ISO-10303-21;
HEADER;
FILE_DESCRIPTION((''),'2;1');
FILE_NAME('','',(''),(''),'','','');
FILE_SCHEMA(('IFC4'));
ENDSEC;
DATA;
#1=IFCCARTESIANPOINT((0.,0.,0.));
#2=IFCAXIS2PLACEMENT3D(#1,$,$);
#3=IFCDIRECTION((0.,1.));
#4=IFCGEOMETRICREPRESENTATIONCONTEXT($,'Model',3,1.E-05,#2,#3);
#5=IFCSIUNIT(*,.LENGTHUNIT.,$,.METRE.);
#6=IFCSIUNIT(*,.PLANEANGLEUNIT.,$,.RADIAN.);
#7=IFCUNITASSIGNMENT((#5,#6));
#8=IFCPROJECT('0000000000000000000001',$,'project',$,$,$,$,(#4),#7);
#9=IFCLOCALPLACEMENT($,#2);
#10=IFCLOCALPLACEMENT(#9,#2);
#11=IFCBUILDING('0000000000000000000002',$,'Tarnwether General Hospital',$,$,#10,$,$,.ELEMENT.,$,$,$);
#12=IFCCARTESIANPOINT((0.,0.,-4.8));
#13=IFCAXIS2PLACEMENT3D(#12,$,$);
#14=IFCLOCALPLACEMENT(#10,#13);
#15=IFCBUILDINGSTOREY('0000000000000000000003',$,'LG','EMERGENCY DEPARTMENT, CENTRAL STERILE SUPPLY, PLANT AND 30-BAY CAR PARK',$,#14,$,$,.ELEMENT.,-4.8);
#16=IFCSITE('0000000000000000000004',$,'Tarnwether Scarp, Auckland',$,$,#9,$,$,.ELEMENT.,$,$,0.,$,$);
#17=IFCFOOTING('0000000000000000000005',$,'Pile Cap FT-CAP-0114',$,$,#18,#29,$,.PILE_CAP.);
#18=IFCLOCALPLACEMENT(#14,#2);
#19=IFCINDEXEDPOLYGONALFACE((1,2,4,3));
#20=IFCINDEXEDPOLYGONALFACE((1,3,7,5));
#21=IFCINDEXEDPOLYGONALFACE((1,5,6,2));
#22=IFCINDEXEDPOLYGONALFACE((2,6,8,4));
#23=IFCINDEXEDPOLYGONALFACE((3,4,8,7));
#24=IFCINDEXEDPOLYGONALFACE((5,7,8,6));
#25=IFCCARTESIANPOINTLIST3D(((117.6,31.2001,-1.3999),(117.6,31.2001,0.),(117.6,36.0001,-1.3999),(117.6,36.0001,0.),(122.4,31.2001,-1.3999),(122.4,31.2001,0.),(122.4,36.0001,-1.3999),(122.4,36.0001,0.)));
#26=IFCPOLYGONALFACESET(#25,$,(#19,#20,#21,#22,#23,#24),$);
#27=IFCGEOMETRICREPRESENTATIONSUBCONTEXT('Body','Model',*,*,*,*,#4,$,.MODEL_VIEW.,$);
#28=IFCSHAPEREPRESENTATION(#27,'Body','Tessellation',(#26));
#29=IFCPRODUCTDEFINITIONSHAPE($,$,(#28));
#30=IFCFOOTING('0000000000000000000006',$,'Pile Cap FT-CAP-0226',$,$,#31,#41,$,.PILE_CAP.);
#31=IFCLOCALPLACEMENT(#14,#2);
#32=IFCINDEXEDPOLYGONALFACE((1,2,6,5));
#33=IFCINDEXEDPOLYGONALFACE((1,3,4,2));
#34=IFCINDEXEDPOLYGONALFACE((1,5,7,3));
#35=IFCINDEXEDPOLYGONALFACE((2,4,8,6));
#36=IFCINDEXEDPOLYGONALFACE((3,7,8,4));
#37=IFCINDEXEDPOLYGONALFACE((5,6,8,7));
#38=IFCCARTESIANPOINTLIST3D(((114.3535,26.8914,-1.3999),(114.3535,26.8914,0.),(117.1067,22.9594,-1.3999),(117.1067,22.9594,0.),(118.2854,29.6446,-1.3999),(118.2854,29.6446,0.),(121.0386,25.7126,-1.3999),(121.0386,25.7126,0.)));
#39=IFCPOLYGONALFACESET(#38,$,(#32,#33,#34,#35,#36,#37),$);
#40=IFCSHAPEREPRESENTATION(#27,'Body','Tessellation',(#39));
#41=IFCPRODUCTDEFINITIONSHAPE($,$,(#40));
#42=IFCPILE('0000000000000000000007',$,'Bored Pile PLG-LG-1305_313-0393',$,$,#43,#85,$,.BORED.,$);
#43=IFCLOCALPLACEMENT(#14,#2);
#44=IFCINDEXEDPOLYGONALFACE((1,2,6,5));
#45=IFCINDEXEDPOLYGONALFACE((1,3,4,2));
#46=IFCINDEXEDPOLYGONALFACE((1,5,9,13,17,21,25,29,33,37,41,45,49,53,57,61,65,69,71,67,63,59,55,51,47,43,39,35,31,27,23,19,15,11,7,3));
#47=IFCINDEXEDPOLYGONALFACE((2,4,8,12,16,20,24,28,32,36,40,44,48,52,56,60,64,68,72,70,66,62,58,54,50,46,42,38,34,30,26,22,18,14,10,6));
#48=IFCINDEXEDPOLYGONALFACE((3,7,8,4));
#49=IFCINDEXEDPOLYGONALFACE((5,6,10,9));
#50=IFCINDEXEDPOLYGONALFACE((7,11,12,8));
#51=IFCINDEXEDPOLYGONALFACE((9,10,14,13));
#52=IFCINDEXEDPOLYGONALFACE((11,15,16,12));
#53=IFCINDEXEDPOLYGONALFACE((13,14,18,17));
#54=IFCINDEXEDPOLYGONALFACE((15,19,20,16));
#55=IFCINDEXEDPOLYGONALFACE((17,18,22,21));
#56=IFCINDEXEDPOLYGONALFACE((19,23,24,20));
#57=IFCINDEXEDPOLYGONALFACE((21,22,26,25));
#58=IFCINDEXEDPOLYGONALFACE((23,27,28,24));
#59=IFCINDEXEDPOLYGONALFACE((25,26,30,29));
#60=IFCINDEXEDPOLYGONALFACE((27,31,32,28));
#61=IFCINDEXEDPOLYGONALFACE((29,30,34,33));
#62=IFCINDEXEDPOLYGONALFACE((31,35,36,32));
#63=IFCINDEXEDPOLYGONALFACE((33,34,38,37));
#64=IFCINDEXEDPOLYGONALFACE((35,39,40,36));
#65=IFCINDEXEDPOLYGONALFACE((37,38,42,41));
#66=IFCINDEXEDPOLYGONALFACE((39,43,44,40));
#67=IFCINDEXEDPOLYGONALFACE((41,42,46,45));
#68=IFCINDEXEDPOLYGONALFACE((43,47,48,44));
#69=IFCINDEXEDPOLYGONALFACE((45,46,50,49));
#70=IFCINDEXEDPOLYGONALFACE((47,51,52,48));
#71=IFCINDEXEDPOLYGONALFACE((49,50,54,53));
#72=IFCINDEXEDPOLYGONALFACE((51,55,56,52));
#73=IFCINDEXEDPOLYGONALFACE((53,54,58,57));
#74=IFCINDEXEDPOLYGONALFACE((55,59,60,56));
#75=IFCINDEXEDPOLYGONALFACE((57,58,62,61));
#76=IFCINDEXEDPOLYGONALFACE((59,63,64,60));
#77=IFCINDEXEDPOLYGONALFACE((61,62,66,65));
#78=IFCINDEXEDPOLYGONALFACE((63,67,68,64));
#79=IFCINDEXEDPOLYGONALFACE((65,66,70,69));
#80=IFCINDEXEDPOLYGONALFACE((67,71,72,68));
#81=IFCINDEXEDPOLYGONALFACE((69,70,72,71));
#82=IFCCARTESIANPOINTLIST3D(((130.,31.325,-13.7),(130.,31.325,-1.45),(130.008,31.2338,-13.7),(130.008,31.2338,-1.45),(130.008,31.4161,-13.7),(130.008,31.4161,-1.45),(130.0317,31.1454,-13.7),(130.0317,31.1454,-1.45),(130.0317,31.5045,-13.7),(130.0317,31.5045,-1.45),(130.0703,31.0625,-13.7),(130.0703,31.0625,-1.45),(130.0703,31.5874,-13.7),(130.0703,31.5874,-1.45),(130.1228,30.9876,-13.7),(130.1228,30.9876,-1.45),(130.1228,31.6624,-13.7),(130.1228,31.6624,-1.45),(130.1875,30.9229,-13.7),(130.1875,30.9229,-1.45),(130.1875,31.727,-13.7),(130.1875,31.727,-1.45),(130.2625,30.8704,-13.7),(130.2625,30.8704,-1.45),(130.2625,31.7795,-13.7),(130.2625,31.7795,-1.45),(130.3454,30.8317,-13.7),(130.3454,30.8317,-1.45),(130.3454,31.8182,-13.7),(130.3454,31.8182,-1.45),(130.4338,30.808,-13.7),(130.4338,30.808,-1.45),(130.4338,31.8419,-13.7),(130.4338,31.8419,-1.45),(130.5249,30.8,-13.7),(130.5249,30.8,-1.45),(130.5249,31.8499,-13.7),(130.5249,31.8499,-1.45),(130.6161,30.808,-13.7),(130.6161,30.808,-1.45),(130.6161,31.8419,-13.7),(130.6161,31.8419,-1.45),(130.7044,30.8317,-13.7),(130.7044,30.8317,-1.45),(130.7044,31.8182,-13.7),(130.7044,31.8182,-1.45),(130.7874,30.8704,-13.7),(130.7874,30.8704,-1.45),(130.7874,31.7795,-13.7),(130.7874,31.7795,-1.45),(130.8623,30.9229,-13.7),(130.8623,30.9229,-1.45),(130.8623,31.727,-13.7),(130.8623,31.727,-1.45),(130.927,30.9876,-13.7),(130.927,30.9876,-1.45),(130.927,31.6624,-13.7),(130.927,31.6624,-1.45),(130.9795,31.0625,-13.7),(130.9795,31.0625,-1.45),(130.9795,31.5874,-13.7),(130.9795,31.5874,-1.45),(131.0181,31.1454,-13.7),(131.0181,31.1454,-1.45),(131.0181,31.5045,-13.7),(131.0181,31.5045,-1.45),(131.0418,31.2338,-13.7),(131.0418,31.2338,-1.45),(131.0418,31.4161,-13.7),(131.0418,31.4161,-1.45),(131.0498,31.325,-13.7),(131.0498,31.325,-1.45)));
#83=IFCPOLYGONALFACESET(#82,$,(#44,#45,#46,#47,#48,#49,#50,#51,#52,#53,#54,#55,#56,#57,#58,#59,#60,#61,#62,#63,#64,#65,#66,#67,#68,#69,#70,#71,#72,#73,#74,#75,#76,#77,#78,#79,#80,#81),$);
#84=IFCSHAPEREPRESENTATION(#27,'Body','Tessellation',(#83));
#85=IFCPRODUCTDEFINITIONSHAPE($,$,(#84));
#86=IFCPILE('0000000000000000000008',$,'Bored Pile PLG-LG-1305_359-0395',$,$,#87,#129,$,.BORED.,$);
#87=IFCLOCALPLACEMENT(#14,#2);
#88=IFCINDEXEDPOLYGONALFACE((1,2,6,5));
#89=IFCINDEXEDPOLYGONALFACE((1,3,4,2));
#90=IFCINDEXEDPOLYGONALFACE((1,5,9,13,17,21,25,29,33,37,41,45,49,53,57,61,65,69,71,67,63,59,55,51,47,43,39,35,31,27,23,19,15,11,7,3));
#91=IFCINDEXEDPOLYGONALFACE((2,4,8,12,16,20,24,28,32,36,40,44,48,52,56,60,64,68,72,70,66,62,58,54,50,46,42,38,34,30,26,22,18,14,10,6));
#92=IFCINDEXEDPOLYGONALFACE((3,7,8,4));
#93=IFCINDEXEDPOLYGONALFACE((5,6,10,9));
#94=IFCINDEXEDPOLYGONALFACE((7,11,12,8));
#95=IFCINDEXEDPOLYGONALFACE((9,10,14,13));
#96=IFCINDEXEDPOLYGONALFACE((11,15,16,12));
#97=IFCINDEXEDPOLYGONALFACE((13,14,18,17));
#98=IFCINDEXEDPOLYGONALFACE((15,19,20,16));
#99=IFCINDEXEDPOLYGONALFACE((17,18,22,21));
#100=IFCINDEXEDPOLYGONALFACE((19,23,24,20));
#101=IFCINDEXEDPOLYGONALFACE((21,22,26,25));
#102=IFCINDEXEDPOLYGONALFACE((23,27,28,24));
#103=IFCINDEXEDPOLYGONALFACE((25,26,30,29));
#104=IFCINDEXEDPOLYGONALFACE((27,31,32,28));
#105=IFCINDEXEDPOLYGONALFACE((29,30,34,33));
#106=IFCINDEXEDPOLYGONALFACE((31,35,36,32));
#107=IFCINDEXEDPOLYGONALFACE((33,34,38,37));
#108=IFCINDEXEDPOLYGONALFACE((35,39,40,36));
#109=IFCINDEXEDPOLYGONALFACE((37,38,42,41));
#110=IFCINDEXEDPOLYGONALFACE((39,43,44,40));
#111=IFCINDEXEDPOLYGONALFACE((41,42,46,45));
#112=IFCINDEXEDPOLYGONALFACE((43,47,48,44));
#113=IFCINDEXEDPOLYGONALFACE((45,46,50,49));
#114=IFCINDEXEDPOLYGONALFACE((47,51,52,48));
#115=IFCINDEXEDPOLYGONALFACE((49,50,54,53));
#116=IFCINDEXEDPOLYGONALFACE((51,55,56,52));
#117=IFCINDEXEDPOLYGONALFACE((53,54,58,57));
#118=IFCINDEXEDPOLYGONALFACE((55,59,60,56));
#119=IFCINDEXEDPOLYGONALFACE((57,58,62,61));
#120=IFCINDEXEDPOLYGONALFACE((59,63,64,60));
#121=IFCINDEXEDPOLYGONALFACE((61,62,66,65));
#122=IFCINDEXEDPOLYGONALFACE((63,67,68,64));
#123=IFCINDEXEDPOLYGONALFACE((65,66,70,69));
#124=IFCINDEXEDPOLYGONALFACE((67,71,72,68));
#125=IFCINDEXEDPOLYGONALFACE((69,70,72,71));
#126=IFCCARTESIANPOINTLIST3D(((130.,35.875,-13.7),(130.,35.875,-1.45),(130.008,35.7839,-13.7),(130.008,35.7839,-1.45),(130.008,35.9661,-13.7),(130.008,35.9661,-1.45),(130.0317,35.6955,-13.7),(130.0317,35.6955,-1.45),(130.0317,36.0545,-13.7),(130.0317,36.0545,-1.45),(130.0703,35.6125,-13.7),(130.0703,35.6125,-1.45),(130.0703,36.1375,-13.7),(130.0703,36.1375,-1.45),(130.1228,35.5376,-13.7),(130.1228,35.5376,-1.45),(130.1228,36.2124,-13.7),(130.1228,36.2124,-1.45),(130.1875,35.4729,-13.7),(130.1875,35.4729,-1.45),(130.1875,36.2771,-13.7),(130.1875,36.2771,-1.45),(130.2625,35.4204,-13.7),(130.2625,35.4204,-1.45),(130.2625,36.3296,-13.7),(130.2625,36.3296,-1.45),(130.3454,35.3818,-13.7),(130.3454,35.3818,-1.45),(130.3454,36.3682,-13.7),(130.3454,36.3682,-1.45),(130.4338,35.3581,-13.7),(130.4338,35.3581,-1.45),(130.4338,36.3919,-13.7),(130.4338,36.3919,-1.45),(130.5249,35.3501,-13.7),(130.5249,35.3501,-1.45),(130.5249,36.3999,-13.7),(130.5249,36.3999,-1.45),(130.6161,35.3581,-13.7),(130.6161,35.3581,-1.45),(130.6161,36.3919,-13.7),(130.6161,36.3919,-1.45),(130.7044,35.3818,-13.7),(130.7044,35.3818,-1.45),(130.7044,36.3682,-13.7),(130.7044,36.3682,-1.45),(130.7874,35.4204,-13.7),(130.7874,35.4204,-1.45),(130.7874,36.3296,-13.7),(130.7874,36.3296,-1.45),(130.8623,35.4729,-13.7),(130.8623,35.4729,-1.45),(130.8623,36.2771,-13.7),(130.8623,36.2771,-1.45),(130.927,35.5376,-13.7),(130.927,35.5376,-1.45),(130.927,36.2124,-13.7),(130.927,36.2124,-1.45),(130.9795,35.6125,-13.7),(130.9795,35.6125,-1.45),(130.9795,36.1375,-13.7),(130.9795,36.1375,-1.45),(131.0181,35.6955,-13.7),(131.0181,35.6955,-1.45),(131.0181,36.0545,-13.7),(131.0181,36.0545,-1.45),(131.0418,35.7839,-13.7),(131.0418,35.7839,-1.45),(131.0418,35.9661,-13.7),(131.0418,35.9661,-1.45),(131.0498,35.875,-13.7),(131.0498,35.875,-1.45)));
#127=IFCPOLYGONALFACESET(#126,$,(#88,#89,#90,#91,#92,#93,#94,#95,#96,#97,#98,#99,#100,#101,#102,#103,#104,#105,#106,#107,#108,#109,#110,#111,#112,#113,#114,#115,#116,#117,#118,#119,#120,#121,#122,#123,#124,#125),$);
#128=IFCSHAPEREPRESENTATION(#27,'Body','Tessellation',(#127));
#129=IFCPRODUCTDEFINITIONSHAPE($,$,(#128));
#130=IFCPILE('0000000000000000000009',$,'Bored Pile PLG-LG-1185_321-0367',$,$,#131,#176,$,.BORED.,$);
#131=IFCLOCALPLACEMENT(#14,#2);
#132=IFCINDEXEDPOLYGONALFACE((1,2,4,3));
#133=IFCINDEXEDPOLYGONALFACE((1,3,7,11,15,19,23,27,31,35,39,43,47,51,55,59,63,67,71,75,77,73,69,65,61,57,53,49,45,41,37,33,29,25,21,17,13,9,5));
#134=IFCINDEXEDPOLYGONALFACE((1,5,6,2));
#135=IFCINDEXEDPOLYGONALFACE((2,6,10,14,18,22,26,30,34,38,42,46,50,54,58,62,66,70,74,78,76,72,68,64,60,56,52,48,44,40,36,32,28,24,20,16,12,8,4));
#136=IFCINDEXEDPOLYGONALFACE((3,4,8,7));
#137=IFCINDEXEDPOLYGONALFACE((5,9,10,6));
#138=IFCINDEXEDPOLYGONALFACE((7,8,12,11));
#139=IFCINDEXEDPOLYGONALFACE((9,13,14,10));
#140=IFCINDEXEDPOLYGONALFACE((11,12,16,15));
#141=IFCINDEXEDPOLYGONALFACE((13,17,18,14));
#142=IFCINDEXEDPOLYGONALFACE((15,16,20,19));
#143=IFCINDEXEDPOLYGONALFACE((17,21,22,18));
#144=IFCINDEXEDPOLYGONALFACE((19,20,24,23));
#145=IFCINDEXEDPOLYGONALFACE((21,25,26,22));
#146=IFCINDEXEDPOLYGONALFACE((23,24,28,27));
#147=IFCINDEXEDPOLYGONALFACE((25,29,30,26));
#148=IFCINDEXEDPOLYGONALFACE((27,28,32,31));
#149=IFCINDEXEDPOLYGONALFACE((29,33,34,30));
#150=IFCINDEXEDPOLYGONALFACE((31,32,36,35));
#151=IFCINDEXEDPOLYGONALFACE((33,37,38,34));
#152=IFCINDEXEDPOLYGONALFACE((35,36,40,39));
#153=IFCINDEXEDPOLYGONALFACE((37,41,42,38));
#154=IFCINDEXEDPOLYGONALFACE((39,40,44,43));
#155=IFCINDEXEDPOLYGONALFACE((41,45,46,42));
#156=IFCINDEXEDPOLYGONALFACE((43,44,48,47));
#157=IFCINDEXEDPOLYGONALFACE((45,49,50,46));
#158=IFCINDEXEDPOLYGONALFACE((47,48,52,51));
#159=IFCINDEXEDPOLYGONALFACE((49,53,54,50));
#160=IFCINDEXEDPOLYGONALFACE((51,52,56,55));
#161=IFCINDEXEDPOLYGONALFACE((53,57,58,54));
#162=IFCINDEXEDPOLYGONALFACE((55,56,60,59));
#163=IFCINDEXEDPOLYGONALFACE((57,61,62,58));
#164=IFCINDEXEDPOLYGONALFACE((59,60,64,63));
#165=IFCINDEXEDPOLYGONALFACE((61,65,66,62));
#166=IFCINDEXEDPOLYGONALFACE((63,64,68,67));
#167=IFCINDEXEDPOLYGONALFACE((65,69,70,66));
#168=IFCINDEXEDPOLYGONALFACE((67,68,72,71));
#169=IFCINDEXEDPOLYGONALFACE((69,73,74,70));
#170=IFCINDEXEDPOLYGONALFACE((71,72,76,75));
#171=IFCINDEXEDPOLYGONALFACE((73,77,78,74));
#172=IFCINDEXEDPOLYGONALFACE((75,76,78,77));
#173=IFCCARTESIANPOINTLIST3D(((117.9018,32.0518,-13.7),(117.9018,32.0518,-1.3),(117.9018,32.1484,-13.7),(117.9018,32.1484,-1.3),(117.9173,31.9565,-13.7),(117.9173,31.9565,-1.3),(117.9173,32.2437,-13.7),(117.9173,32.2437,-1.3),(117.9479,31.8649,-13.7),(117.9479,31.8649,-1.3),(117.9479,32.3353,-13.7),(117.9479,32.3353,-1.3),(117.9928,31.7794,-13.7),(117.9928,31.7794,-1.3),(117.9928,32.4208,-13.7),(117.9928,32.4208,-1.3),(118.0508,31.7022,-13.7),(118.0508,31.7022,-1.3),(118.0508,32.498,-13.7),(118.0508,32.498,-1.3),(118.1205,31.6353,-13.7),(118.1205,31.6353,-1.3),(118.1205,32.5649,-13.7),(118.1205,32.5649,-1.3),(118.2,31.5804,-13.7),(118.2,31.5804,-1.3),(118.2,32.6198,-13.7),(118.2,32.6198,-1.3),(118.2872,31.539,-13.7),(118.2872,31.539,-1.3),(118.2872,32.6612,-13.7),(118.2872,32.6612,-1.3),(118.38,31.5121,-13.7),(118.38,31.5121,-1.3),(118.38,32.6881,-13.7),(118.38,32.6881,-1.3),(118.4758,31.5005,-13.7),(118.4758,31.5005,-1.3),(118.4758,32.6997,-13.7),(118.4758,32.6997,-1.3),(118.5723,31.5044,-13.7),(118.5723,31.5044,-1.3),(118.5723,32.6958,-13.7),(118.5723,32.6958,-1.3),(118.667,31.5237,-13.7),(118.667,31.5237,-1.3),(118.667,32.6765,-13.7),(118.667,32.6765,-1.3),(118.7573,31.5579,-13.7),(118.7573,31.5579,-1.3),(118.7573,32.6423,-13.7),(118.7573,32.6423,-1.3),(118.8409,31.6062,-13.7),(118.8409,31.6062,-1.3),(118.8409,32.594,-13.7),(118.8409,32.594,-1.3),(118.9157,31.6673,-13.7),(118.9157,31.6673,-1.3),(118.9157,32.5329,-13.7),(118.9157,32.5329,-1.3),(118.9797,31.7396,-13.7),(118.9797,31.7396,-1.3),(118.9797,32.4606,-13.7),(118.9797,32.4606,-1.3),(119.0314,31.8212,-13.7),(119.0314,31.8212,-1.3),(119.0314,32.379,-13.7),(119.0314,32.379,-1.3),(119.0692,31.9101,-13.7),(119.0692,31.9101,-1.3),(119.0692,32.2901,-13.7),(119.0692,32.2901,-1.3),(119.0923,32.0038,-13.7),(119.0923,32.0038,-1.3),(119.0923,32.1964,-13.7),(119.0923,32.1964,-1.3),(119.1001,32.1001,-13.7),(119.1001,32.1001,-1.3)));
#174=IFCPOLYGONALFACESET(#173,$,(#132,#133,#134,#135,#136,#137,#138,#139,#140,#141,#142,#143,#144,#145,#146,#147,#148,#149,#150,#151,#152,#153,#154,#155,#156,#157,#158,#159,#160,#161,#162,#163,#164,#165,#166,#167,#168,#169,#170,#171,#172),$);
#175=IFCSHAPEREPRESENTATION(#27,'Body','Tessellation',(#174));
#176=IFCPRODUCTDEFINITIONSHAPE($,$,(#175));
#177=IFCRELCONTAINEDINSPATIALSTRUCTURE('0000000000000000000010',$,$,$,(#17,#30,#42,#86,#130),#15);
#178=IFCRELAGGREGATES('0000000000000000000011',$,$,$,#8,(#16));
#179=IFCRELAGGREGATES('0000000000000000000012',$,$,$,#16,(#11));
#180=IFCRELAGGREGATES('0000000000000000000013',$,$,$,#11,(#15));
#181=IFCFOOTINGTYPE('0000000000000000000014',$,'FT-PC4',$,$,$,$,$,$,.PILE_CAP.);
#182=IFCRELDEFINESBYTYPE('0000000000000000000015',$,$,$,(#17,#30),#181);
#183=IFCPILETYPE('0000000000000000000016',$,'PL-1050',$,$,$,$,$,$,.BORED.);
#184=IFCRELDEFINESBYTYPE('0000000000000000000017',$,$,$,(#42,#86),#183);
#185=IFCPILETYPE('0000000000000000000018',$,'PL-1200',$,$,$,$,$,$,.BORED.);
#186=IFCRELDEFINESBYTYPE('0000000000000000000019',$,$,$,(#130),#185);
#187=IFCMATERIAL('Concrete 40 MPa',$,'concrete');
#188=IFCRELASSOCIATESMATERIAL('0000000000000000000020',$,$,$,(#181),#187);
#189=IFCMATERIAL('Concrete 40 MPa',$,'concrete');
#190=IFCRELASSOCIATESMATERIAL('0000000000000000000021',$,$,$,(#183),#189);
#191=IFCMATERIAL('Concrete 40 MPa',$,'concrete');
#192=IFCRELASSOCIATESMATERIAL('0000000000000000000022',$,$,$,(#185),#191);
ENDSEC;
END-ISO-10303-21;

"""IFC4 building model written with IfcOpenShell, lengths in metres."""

from ifc_helpers import new_model, si_unit, direction, frame, origin, origin_2d, place, context, subcontext, project, spatial, rectangle, circle, extrude, material, material_profile, profile_set, type_object, element, save


model = new_model("IFC4")

# Units and contexts
model_context = context("Model", 3, precision=1e-05, world=origin(), true_north=direction((0.0, 1.0)))
body_context = subcontext(model_context, "Body", "Model", "MODEL_VIEW")
ifc_project = project(units=[si_unit("LENGTHUNIT", "METRE"), si_unit("PLANEANGLEUNIT", "RADIAN")], contexts=[model_context])

# Site, building, storey
site_placement = place(None, origin())
site = spatial("IfcSite", under=ifc_project, at=site_placement, Name="Tarnwether Scarp, Auckland", CompositionType="ELEMENT", RefElevation=0.0)
building_placement = place(site_placement, origin())
building = spatial("IfcBuilding", under=site, at=building_placement, Name="Tarnwether General Hospital", CompositionType="ELEMENT")
storey_placement = place(building_placement, frame((0.0, 0.0, -4.8)))
storey = spatial("IfcBuildingStorey", under=building, at=storey_placement, Name="LG", Description="EMERGENCY DEPARTMENT, CENTRAL STERILE SUPPLY, PLANT AND 30-BAY CAR PARK", CompositionType="ELEMENT", Elevation=-4.8)

# Footings
ifc_material_1 = material(Name="Concrete 40 MPa", Category="concrete")
footing_type = type_object("IfcFootingType", Name="FT-PC4", PredefinedType="PILE_CAP", material=ifc_material_1)
for number, where, z_axis, x_axis, name in (
    (1, (120.0, 33.6001, -1.3999), (0.0, 0.0, 1.0), (1.0, 0.0, 0.0), "Pile Cap FT-CAP-0114"),
    (2, (117.696, 26.302, -1.3999), (0.0, 0.0, 1.0), (-0.573576, 0.819152, 0.0), "Pile Cap FT-CAP-0226"),
):
    element("IfcFooting", number, at=place(storey_placement, frame(where, z_axis=z_axis, x_axis=x_axis)), inside=storey, type_object=footing_type, Name=name, PredefinedType="PILE_CAP", context=body_context, shape_type="SweptSolid", body=[
        extrude(rectangle(XDim=4.8, YDim=4.8, at=origin_2d()), origin(), (0.0, 0.0, 1.0), 1.3999),
    ])

# Piles
ifc_material_2 = material(Name="Concrete 40 MPa", Category="concrete")
ifc_material_profile_1 = material_profile(ifc_material_2, circle(Radius=0.5249, at=origin_2d()), Name="PILE-D1050")
ifc_profile_set_1 = profile_set([ifc_material_profile_1], Name="Concrete 40 MPa")
pile_type_1 = type_object("IfcPileType", Name="PL-1050", PredefinedType="BORED", material=ifc_profile_set_1)
for number, where, z_axis, x_axis, name in (
    (3, (130.5249, 31.325, -1.45), (0.0, 0.0, -1.0), (1.0, 0.0, 0.0), "Bored Pile PLG-LG-1305_313-0393"),
    (4, (130.5249, 35.875, -1.45), (0.0, 0.0, -1.0), (1.0, 0.0, 0.0), "Bored Pile PLG-LG-1305_359-0395"),
):
    element("IfcPile", number, at=place(storey_placement, frame(where, z_axis=z_axis, x_axis=x_axis)), inside=storey, type_object=pile_type_1, Name=name, PredefinedType="BORED", context=body_context, shape_type="SweptSolid", body=[
        extrude(circle(Radius=0.5249, at=origin_2d()), origin(), (0.0, 0.0, 1.0), 12.25),
    ])
ifc_material_3 = material(Name="Concrete 40 MPa", Category="concrete")
ifc_material_profile_2 = material_profile(ifc_material_3, circle(Radius=0.6001, at=origin_2d()), Name="PILE-D1200")
ifc_profile_set_2 = profile_set([ifc_material_profile_2], Name="Concrete 40 MPa")
pile_type_2 = type_object("IfcPileType", Name="PL-1200", PredefinedType="BORED", material=ifc_profile_set_2)
for number, where, z_axis, x_axis, name in (
    (5, (118.5, 32.1001, -1.3), (0.0, 0.0, -1.0), (1.0, 0.0, 0.0), "Bored Pile PLG-LG-1185_321-0367"),
):
    element("IfcPile", number, at=place(storey_placement, frame(where, z_axis=z_axis, x_axis=x_axis)), inside=storey, type_object=pile_type_2, Name=name, PredefinedType="BORED", context=body_context, shape_type="SweptSolid", body=[
        extrude(circle(Radius=0.6001, at=origin_2d()), origin(), (0.0, 0.0, 1.0), 12.3999),
    ])

save(model, "model.ifc")
